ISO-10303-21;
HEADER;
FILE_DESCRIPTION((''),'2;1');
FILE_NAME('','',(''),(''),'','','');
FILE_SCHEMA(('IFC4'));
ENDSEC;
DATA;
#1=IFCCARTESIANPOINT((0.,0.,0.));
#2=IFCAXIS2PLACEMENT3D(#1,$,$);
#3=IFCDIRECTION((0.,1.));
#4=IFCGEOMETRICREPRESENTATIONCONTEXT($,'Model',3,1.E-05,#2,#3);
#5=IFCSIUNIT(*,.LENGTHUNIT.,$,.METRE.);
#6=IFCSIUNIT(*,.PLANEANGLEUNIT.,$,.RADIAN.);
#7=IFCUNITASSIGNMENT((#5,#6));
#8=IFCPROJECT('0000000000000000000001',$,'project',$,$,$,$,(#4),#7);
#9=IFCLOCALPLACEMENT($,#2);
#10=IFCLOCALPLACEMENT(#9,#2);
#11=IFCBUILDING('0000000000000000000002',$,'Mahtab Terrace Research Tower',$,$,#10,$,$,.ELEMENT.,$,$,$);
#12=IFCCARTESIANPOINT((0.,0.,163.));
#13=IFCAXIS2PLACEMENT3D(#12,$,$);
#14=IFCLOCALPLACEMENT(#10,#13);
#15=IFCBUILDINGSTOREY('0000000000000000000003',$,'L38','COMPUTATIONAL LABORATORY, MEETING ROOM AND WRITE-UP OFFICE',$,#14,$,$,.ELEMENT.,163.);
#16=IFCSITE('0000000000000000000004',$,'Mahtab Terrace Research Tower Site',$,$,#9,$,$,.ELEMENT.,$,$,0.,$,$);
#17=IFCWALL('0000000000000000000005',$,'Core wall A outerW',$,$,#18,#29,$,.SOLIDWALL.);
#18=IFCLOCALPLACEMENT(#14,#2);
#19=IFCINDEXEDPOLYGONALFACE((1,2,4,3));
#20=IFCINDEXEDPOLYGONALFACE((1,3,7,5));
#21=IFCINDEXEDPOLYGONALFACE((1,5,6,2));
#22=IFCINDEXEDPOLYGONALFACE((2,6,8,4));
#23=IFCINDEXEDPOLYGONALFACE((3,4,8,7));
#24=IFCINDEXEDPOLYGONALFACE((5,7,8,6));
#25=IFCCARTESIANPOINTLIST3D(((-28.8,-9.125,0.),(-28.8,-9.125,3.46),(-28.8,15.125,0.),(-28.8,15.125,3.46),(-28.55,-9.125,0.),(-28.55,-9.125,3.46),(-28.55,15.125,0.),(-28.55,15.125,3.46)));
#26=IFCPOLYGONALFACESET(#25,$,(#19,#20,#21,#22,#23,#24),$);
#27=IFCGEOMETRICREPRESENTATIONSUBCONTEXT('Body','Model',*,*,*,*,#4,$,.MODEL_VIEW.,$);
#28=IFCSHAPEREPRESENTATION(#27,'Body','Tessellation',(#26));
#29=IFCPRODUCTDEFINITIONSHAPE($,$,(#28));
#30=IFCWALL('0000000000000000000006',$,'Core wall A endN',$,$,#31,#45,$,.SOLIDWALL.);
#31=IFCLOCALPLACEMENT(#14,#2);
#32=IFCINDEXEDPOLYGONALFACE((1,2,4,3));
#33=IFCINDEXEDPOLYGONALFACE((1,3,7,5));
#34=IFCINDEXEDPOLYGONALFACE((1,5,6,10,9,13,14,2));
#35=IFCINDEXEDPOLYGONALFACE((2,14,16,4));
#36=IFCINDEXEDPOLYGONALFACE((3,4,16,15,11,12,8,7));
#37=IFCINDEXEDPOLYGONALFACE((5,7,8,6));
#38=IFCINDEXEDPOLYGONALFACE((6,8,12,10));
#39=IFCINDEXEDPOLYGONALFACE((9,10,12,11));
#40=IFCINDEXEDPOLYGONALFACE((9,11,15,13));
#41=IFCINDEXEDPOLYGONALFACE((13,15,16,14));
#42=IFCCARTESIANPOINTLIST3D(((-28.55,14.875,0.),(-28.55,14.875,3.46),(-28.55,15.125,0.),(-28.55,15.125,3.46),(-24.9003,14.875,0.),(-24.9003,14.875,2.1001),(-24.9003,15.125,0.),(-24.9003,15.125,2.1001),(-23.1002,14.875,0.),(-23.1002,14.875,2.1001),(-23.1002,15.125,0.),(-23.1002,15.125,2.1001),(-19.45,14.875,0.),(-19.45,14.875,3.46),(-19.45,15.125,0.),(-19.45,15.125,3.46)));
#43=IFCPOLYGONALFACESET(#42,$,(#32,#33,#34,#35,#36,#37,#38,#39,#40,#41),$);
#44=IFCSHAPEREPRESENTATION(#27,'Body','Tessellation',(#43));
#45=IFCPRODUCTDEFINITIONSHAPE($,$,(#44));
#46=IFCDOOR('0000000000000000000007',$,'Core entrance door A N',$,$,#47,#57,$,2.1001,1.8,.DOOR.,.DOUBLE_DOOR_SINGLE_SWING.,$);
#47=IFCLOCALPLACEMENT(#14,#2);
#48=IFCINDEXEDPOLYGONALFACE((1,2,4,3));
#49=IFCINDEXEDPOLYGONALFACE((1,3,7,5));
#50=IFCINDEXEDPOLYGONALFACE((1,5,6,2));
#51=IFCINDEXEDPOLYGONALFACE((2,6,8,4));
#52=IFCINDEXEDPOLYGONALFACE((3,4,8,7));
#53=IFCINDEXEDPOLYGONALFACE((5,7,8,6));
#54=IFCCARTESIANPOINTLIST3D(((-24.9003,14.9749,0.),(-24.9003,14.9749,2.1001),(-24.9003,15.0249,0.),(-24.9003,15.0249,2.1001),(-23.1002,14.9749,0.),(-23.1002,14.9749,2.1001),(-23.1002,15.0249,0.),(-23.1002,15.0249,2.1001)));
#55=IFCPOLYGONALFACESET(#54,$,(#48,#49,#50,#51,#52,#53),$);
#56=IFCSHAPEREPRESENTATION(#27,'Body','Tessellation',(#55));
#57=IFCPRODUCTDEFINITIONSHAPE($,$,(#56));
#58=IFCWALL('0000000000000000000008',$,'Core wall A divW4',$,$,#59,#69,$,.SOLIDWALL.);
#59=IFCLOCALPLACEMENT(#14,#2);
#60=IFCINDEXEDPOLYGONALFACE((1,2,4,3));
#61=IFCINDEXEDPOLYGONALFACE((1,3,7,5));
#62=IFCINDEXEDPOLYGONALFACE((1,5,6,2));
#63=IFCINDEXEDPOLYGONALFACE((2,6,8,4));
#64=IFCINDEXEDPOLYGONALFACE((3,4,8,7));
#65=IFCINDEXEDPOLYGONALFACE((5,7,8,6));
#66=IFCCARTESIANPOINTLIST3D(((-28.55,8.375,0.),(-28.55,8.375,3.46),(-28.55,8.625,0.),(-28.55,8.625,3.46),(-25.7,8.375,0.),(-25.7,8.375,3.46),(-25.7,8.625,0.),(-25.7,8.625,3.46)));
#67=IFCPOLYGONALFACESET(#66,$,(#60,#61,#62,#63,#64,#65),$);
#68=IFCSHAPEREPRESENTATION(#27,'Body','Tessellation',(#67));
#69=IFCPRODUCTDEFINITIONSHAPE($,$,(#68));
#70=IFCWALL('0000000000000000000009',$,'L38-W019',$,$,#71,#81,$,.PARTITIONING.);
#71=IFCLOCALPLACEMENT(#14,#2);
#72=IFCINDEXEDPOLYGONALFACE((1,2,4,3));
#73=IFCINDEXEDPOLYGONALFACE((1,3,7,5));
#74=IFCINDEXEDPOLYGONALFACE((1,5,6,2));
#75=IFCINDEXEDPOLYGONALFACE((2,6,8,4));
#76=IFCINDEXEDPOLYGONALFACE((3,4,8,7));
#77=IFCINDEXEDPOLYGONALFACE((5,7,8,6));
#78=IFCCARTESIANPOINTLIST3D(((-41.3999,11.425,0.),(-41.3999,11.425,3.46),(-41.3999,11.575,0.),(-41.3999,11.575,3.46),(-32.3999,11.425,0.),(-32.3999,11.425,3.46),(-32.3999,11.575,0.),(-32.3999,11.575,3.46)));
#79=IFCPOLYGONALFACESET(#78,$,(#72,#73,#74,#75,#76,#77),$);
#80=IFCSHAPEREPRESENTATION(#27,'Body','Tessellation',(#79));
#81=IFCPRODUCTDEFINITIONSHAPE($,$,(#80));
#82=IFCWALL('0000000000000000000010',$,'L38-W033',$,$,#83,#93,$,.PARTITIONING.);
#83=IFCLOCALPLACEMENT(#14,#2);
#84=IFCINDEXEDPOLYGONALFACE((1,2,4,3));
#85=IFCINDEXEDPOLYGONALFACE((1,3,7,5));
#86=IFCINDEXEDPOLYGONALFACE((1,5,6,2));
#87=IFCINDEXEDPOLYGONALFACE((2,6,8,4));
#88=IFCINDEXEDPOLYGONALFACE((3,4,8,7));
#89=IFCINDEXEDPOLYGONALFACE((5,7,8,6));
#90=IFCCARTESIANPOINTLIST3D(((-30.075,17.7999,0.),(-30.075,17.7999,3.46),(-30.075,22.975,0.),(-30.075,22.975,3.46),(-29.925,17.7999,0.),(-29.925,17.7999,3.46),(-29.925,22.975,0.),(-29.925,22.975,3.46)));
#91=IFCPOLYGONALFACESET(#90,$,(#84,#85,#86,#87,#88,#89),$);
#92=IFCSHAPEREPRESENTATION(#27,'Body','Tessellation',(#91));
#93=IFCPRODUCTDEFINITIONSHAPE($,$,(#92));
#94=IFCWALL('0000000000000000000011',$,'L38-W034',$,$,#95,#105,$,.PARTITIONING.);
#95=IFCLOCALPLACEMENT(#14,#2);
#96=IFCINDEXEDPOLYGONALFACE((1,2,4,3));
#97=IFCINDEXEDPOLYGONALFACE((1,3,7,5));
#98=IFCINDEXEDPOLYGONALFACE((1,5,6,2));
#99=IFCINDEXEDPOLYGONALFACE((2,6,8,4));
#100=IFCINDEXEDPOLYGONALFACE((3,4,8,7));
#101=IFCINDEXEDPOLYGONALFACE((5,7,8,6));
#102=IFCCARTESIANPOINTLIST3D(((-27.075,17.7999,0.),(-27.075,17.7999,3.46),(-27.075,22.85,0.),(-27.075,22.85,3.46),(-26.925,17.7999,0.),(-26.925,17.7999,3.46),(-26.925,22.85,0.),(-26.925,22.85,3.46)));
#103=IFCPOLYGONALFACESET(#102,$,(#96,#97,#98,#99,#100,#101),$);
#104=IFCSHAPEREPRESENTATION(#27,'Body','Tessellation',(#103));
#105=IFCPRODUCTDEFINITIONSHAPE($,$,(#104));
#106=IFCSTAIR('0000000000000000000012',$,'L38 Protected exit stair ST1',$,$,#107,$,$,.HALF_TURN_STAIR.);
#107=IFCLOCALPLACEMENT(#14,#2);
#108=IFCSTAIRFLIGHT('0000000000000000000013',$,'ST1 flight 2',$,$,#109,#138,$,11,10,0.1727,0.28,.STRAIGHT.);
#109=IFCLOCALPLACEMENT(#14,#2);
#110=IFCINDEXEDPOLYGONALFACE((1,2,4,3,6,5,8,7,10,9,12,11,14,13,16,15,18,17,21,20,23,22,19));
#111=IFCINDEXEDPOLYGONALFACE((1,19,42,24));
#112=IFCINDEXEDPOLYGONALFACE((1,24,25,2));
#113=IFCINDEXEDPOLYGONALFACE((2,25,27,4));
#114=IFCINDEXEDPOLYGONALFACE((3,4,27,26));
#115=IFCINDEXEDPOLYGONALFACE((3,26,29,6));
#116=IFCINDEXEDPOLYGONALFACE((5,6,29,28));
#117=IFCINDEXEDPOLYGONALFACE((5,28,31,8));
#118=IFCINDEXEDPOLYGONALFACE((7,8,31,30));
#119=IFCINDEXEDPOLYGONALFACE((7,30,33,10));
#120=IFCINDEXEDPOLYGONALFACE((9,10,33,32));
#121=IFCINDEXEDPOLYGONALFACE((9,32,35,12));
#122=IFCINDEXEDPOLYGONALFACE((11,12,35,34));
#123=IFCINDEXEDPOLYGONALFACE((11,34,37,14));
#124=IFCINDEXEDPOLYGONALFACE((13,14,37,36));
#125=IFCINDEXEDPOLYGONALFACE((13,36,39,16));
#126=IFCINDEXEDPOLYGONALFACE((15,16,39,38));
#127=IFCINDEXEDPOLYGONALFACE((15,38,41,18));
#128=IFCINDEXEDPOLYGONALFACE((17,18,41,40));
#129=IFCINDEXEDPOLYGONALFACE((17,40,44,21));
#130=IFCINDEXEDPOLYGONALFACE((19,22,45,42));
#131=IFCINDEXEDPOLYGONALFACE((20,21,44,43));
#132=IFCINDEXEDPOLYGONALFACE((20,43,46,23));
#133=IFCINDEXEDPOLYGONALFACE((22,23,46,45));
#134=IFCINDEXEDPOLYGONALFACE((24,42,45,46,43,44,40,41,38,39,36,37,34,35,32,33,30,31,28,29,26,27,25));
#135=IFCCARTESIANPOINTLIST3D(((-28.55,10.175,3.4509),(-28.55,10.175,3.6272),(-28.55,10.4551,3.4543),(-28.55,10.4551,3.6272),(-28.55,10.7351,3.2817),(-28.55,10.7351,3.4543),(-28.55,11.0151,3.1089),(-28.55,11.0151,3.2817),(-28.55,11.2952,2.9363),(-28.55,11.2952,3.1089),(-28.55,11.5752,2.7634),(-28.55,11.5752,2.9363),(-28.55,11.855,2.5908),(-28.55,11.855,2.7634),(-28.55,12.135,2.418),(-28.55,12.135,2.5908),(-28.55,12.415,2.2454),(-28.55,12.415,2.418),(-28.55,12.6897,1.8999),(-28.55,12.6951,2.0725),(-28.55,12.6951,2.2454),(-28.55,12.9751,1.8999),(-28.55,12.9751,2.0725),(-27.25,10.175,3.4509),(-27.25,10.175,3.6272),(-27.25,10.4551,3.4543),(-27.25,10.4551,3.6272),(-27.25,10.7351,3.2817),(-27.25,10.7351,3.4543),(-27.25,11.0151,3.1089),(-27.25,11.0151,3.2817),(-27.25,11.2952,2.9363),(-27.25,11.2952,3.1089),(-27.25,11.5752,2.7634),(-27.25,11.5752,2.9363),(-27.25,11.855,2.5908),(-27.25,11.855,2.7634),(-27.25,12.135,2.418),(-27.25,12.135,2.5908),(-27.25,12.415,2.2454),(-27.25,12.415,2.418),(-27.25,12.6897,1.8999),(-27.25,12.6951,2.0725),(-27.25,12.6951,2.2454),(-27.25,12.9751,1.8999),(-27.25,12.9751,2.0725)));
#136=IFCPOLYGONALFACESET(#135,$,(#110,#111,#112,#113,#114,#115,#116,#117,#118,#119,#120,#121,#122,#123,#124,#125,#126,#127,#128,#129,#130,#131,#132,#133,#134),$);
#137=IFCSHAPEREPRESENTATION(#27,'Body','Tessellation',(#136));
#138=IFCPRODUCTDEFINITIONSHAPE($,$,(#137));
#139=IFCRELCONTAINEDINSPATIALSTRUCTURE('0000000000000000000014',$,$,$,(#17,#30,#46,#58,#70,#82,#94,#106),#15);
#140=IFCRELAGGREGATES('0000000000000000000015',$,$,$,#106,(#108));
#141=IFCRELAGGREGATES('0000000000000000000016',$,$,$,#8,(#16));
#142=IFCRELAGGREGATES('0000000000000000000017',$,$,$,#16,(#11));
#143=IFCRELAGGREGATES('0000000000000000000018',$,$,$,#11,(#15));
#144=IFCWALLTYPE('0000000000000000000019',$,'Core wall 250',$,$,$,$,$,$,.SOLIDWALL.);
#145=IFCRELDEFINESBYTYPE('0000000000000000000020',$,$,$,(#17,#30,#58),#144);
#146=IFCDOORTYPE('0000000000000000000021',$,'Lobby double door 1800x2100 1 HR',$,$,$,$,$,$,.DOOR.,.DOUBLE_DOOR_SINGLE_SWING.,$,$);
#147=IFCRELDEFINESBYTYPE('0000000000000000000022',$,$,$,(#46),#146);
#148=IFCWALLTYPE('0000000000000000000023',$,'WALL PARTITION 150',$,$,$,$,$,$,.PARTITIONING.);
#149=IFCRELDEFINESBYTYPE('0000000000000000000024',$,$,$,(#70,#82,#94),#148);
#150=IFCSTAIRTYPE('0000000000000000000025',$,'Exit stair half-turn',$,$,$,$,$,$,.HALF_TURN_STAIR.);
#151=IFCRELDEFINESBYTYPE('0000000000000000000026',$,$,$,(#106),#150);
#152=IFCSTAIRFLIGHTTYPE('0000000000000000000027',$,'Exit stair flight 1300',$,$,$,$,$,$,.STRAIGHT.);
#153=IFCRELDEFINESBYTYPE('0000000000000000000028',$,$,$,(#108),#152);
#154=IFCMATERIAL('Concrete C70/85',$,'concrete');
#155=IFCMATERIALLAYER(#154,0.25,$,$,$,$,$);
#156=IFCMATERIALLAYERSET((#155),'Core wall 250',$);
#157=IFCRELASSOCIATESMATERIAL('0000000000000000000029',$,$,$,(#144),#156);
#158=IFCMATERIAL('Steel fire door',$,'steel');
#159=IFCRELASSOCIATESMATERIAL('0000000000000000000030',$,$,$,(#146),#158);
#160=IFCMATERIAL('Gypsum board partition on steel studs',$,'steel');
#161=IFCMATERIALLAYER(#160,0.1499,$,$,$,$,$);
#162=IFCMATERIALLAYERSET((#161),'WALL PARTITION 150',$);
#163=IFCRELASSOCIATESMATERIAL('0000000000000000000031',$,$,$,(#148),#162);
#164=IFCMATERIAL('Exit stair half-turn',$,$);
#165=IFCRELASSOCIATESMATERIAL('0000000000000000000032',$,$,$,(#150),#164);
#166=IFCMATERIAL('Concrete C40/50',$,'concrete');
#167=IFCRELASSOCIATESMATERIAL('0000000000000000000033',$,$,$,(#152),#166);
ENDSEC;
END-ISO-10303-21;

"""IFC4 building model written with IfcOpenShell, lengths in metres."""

from ifc_helpers import new_model, si_unit, direction, frame, frame_2d, origin, place, context, subcontext, project, spatial, polyline, rectangle, outline, extrude, material, layer, layer_set, type_object, element, fill, aggregate, save


model = new_model("IFC4")

# Units and contexts
model_context = context("Model", 3, precision=1e-05, world=origin(), true_north=direction((0.0, 1.0)))
body_context = subcontext(model_context, "Body", "Model", "MODEL_VIEW")
ifc_project = project(units=[si_unit("LENGTHUNIT", "METRE"), si_unit("PLANEANGLEUNIT", "RADIAN")], contexts=[model_context])

# Site, building, storey
site_placement = place(None, origin())
site = spatial("IfcSite", under=ifc_project, at=site_placement, Name="Mahtab Terrace Research Tower Site", CompositionType="ELEMENT", RefElevation=0.0)
building_placement = place(site_placement, origin())
building = spatial("IfcBuilding", under=site, at=building_placement, Name="Mahtab Terrace Research Tower", CompositionType="ELEMENT")
storey_placement = place(building_placement, frame((0.0, 0.0, 163.0)))
storey = spatial("IfcBuildingStorey", under=building, at=storey_placement, Name="L38", Description="COMPUTATIONAL LABORATORY, MEETING ROOM AND WRITE-UP OFFICE", CompositionType="ELEMENT", Elevation=163.0)

# Shared definitions
ifc_material_1 = material(Name="Concrete C70/85", Category="concrete")

# Wall
ifc_layer_1 = layer(ifc_material_1, 0.25)
ifc_layer_set_1 = layer_set([ifc_layer_1], Name="Core wall 250")
wall_type_1 = type_object("IfcWallType", Name="Core wall 250", PredefinedType="SOLIDWALL", material=ifc_layer_set_1)
wall_1_placement = place(storey_placement, frame((-28.675, 15.125, 0.0), z_axis=(0.0, 0.0, 1.0), x_axis=(0.0, -1.0, 0.0)))
element("IfcWall", 1, at=wall_1_placement, inside=storey, type_object=wall_type_1, Name="Core wall A outerW", PredefinedType="SOLIDWALL", context=body_context, shape_type="SweptSolid", body=[
    extrude(rectangle(XDim=24.25, YDim=0.25, at=frame_2d((12.125, 0.0))), origin(), (0.0, 0.0, 1.0), 3.46),
])

# Wall, opening, door
wall_2_placement = place(storey_placement, frame((-28.55, 15.0, 0.0), z_axis=(0.0, 0.0, 1.0), x_axis=(1.0, 0.0, 0.0)))
wall_2 = element("IfcWall", 2, at=wall_2_placement, inside=storey, type_object=wall_type_1, Name="Core wall A endN", PredefinedType="SOLIDWALL", context=body_context, shape_type="SweptSolid", body=[
    extrude(rectangle(XDim=9.1001, YDim=0.25, at=frame_2d((4.55, 0.0))), origin(), (0.0, 0.0, 1.0), 3.46),
])
opening_placement = place(wall_2_placement, frame((3.6499, 0.0, 0.0)))
opening = element("IfcOpeningElement", 3, at=opening_placement, cuts=wall_2, PredefinedType="OPENING", context=body_context, shape_type="SweptSolid", body=[
    extrude(rectangle(XDim=1.8, YDim=2.1001, at=frame_2d((0.8999, 1.05))), frame((0.0, 0.135, 0.0), z_axis=(0.0, -1.0, 0.0), x_axis=(1.0, 0.0, 0.0)), (0.0, 0.0, 1.0), 0.27),
])
ifc_material_2 = material(Name="Steel fire door", Category="steel")
door_type = type_object("IfcDoorType", Name="Lobby double door 1800x2100 1 HR", OperationType="DOUBLE_DOOR_SINGLE_SWING", PredefinedType="DOOR", material=ifc_material_2)
door_placement = place(opening_placement, origin())
door = element("IfcDoor", 4, at=door_placement, inside=storey, type_object=door_type, Name="Core entrance door A N", OperationType="DOUBLE_DOOR_SINGLE_SWING", OverallHeight=2.1001, OverallWidth=1.8, PredefinedType="DOOR", context=body_context, shape_type="SweptSolid", body=[
    extrude(rectangle(XDim=1.8, YDim=2.1001, at=frame_2d((0.8999, 1.05))), frame((0.0, 0.0249, 0.0), z_axis=(0.0, -1.0, 0.0), x_axis=(1.0, 0.0, 0.0)), (0.0, 0.0, 1.0), 0.05),
])
fill(opening, door)

# Walls
wall_3_placement = place(storey_placement, frame((-28.55, 8.5, 0.0), z_axis=(0.0, 0.0, 1.0), x_axis=(1.0, 0.0, 0.0)))
element("IfcWall", 5, at=wall_3_placement, inside=storey, type_object=wall_type_1, Name="Core wall A divW4", PredefinedType="SOLIDWALL", context=body_context, shape_type="SweptSolid", body=[
    extrude(rectangle(XDim=2.8501, YDim=0.25, at=frame_2d((1.425, 0.0))), origin(), (0.0, 0.0, 1.0), 3.46),
])
ifc_material_3 = material(Name="Gypsum board partition on steel studs", Category="steel")
ifc_layer_2 = layer(ifc_material_3, 0.1499)
ifc_layer_set_2 = layer_set([ifc_layer_2], Name="WALL PARTITION 150")
wall_type_2 = type_object("IfcWallType", Name="WALL PARTITION 150", PredefinedType="PARTITIONING", material=ifc_layer_set_2)
wall_4_placement = place(storey_placement, frame((-41.3999, 11.5, 0.0), z_axis=(0.0, 0.0, 1.0), x_axis=(1.0, 0.0, 0.0)))
element("IfcWall", 6, at=wall_4_placement, inside=storey, type_object=wall_type_2, Name="L38-W019", PredefinedType="PARTITIONING", context=body_context, shape_type="SweptSolid", body=[
    extrude(rectangle(XDim=9.0, YDim=0.1499, at=frame_2d((4.5, 0.0))), origin(), (0.0, 0.0, 1.0), 3.46),
])
wall_5_placement = place(storey_placement, frame((-30.0, 17.8, 0.0), z_axis=(0.0, 0.0, 1.0), x_axis=(0.0, 1.0, 0.0)))
element("IfcWall", 7, at=wall_5_placement, inside=storey, type_object=wall_type_2, Name="L38-W033", PredefinedType="PARTITIONING", context=body_context, shape_type="SweptSolid", body=[
    extrude(rectangle(XDim=5.175, YDim=0.1499, at=frame_2d((2.5874, 0.0))), origin(), (0.0, 0.0, 1.0), 3.46),
])
wall_6_placement = place(storey_placement, frame((-27.0, 17.8, 0.0), z_axis=(0.0, 0.0, 1.0), x_axis=(0.0, 1.0, 0.0)))
element("IfcWall", 8, at=wall_6_placement, inside=storey, type_object=wall_type_2, Name="L38-W034", PredefinedType="PARTITIONING", context=body_context, shape_type="SweptSolid", body=[
    extrude(rectangle(XDim=5.05, YDim=0.1499, at=frame_2d((2.5249, 0.0))), origin(), (0.0, 0.0, 1.0), 3.46),
])

# Stair, stair flight
ifc_material_4 = material(Name="Exit stair half-turn")
stair_type = type_object("IfcStairType", Name="Exit stair half-turn", PredefinedType="HALF_TURN_STAIR", material=ifc_material_4)
stair_placement = place(storey_placement, origin())
stair = element("IfcStair", 9, at=stair_placement, inside=storey, type_object=stair_type, Name="L38 Protected exit stair ST1", PredefinedType="HALF_TURN_STAIR")
ifc_material_5 = material(Name="Concrete C40/50", Category="concrete")
stair_flight_type = type_object("IfcStairFlightType", Name="Exit stair flight 1300", PredefinedType="STRAIGHT", material=ifc_material_5)
stair_flight_placement = place(storey_placement, frame((-27.8999, 12.9751, 1.8999), z_axis=(0.0, 0.0, 1.0), x_axis=(0.0, -1.0, 0.0)))
stair_flight = element("IfcStairFlight", 10, at=stair_flight_placement, type_object=stair_flight_type, Name="ST1 flight 2", NumberOfRisers=11, NumberOfTreads=10, PredefinedType="STRAIGHT", RiserHeight=0.1727, TreadLength=0.28, context=body_context, shape_type="SweptSolid", body=[
    extrude(outline(polyline([(0.0, 0.0), (0.0, 0.1726), (0.28, 0.1726), (0.28, 0.3455), (0.5601, 0.3455), (0.5601, 0.5181), (0.8401, 0.5181), (0.8401, 0.6909), (1.1201, 0.6909), (1.1201, 0.8635), (1.3999, 0.8635), (1.3999, 1.0364), (1.6799, 1.0364), (1.6799, 1.209), (1.96, 1.209), (1.96, 1.3818), (2.24, 1.3818), (2.24, 1.5544), (2.52, 1.5544), (2.52, 1.7273), (2.8, 1.7273), (2.8, 1.8999), (2.8, 1.551), (0.2854, 0.0), (0.0, 0.0)])), frame((0.0, 0.6499, 0.0), z_axis=(0.0, -1.0, 0.0), x_axis=(1.0, 0.0, 0.0)), (0.0, 0.0, 1.0), 1.3),
])
aggregate(stair, [stair_flight])

save(model, "model.ifc")
